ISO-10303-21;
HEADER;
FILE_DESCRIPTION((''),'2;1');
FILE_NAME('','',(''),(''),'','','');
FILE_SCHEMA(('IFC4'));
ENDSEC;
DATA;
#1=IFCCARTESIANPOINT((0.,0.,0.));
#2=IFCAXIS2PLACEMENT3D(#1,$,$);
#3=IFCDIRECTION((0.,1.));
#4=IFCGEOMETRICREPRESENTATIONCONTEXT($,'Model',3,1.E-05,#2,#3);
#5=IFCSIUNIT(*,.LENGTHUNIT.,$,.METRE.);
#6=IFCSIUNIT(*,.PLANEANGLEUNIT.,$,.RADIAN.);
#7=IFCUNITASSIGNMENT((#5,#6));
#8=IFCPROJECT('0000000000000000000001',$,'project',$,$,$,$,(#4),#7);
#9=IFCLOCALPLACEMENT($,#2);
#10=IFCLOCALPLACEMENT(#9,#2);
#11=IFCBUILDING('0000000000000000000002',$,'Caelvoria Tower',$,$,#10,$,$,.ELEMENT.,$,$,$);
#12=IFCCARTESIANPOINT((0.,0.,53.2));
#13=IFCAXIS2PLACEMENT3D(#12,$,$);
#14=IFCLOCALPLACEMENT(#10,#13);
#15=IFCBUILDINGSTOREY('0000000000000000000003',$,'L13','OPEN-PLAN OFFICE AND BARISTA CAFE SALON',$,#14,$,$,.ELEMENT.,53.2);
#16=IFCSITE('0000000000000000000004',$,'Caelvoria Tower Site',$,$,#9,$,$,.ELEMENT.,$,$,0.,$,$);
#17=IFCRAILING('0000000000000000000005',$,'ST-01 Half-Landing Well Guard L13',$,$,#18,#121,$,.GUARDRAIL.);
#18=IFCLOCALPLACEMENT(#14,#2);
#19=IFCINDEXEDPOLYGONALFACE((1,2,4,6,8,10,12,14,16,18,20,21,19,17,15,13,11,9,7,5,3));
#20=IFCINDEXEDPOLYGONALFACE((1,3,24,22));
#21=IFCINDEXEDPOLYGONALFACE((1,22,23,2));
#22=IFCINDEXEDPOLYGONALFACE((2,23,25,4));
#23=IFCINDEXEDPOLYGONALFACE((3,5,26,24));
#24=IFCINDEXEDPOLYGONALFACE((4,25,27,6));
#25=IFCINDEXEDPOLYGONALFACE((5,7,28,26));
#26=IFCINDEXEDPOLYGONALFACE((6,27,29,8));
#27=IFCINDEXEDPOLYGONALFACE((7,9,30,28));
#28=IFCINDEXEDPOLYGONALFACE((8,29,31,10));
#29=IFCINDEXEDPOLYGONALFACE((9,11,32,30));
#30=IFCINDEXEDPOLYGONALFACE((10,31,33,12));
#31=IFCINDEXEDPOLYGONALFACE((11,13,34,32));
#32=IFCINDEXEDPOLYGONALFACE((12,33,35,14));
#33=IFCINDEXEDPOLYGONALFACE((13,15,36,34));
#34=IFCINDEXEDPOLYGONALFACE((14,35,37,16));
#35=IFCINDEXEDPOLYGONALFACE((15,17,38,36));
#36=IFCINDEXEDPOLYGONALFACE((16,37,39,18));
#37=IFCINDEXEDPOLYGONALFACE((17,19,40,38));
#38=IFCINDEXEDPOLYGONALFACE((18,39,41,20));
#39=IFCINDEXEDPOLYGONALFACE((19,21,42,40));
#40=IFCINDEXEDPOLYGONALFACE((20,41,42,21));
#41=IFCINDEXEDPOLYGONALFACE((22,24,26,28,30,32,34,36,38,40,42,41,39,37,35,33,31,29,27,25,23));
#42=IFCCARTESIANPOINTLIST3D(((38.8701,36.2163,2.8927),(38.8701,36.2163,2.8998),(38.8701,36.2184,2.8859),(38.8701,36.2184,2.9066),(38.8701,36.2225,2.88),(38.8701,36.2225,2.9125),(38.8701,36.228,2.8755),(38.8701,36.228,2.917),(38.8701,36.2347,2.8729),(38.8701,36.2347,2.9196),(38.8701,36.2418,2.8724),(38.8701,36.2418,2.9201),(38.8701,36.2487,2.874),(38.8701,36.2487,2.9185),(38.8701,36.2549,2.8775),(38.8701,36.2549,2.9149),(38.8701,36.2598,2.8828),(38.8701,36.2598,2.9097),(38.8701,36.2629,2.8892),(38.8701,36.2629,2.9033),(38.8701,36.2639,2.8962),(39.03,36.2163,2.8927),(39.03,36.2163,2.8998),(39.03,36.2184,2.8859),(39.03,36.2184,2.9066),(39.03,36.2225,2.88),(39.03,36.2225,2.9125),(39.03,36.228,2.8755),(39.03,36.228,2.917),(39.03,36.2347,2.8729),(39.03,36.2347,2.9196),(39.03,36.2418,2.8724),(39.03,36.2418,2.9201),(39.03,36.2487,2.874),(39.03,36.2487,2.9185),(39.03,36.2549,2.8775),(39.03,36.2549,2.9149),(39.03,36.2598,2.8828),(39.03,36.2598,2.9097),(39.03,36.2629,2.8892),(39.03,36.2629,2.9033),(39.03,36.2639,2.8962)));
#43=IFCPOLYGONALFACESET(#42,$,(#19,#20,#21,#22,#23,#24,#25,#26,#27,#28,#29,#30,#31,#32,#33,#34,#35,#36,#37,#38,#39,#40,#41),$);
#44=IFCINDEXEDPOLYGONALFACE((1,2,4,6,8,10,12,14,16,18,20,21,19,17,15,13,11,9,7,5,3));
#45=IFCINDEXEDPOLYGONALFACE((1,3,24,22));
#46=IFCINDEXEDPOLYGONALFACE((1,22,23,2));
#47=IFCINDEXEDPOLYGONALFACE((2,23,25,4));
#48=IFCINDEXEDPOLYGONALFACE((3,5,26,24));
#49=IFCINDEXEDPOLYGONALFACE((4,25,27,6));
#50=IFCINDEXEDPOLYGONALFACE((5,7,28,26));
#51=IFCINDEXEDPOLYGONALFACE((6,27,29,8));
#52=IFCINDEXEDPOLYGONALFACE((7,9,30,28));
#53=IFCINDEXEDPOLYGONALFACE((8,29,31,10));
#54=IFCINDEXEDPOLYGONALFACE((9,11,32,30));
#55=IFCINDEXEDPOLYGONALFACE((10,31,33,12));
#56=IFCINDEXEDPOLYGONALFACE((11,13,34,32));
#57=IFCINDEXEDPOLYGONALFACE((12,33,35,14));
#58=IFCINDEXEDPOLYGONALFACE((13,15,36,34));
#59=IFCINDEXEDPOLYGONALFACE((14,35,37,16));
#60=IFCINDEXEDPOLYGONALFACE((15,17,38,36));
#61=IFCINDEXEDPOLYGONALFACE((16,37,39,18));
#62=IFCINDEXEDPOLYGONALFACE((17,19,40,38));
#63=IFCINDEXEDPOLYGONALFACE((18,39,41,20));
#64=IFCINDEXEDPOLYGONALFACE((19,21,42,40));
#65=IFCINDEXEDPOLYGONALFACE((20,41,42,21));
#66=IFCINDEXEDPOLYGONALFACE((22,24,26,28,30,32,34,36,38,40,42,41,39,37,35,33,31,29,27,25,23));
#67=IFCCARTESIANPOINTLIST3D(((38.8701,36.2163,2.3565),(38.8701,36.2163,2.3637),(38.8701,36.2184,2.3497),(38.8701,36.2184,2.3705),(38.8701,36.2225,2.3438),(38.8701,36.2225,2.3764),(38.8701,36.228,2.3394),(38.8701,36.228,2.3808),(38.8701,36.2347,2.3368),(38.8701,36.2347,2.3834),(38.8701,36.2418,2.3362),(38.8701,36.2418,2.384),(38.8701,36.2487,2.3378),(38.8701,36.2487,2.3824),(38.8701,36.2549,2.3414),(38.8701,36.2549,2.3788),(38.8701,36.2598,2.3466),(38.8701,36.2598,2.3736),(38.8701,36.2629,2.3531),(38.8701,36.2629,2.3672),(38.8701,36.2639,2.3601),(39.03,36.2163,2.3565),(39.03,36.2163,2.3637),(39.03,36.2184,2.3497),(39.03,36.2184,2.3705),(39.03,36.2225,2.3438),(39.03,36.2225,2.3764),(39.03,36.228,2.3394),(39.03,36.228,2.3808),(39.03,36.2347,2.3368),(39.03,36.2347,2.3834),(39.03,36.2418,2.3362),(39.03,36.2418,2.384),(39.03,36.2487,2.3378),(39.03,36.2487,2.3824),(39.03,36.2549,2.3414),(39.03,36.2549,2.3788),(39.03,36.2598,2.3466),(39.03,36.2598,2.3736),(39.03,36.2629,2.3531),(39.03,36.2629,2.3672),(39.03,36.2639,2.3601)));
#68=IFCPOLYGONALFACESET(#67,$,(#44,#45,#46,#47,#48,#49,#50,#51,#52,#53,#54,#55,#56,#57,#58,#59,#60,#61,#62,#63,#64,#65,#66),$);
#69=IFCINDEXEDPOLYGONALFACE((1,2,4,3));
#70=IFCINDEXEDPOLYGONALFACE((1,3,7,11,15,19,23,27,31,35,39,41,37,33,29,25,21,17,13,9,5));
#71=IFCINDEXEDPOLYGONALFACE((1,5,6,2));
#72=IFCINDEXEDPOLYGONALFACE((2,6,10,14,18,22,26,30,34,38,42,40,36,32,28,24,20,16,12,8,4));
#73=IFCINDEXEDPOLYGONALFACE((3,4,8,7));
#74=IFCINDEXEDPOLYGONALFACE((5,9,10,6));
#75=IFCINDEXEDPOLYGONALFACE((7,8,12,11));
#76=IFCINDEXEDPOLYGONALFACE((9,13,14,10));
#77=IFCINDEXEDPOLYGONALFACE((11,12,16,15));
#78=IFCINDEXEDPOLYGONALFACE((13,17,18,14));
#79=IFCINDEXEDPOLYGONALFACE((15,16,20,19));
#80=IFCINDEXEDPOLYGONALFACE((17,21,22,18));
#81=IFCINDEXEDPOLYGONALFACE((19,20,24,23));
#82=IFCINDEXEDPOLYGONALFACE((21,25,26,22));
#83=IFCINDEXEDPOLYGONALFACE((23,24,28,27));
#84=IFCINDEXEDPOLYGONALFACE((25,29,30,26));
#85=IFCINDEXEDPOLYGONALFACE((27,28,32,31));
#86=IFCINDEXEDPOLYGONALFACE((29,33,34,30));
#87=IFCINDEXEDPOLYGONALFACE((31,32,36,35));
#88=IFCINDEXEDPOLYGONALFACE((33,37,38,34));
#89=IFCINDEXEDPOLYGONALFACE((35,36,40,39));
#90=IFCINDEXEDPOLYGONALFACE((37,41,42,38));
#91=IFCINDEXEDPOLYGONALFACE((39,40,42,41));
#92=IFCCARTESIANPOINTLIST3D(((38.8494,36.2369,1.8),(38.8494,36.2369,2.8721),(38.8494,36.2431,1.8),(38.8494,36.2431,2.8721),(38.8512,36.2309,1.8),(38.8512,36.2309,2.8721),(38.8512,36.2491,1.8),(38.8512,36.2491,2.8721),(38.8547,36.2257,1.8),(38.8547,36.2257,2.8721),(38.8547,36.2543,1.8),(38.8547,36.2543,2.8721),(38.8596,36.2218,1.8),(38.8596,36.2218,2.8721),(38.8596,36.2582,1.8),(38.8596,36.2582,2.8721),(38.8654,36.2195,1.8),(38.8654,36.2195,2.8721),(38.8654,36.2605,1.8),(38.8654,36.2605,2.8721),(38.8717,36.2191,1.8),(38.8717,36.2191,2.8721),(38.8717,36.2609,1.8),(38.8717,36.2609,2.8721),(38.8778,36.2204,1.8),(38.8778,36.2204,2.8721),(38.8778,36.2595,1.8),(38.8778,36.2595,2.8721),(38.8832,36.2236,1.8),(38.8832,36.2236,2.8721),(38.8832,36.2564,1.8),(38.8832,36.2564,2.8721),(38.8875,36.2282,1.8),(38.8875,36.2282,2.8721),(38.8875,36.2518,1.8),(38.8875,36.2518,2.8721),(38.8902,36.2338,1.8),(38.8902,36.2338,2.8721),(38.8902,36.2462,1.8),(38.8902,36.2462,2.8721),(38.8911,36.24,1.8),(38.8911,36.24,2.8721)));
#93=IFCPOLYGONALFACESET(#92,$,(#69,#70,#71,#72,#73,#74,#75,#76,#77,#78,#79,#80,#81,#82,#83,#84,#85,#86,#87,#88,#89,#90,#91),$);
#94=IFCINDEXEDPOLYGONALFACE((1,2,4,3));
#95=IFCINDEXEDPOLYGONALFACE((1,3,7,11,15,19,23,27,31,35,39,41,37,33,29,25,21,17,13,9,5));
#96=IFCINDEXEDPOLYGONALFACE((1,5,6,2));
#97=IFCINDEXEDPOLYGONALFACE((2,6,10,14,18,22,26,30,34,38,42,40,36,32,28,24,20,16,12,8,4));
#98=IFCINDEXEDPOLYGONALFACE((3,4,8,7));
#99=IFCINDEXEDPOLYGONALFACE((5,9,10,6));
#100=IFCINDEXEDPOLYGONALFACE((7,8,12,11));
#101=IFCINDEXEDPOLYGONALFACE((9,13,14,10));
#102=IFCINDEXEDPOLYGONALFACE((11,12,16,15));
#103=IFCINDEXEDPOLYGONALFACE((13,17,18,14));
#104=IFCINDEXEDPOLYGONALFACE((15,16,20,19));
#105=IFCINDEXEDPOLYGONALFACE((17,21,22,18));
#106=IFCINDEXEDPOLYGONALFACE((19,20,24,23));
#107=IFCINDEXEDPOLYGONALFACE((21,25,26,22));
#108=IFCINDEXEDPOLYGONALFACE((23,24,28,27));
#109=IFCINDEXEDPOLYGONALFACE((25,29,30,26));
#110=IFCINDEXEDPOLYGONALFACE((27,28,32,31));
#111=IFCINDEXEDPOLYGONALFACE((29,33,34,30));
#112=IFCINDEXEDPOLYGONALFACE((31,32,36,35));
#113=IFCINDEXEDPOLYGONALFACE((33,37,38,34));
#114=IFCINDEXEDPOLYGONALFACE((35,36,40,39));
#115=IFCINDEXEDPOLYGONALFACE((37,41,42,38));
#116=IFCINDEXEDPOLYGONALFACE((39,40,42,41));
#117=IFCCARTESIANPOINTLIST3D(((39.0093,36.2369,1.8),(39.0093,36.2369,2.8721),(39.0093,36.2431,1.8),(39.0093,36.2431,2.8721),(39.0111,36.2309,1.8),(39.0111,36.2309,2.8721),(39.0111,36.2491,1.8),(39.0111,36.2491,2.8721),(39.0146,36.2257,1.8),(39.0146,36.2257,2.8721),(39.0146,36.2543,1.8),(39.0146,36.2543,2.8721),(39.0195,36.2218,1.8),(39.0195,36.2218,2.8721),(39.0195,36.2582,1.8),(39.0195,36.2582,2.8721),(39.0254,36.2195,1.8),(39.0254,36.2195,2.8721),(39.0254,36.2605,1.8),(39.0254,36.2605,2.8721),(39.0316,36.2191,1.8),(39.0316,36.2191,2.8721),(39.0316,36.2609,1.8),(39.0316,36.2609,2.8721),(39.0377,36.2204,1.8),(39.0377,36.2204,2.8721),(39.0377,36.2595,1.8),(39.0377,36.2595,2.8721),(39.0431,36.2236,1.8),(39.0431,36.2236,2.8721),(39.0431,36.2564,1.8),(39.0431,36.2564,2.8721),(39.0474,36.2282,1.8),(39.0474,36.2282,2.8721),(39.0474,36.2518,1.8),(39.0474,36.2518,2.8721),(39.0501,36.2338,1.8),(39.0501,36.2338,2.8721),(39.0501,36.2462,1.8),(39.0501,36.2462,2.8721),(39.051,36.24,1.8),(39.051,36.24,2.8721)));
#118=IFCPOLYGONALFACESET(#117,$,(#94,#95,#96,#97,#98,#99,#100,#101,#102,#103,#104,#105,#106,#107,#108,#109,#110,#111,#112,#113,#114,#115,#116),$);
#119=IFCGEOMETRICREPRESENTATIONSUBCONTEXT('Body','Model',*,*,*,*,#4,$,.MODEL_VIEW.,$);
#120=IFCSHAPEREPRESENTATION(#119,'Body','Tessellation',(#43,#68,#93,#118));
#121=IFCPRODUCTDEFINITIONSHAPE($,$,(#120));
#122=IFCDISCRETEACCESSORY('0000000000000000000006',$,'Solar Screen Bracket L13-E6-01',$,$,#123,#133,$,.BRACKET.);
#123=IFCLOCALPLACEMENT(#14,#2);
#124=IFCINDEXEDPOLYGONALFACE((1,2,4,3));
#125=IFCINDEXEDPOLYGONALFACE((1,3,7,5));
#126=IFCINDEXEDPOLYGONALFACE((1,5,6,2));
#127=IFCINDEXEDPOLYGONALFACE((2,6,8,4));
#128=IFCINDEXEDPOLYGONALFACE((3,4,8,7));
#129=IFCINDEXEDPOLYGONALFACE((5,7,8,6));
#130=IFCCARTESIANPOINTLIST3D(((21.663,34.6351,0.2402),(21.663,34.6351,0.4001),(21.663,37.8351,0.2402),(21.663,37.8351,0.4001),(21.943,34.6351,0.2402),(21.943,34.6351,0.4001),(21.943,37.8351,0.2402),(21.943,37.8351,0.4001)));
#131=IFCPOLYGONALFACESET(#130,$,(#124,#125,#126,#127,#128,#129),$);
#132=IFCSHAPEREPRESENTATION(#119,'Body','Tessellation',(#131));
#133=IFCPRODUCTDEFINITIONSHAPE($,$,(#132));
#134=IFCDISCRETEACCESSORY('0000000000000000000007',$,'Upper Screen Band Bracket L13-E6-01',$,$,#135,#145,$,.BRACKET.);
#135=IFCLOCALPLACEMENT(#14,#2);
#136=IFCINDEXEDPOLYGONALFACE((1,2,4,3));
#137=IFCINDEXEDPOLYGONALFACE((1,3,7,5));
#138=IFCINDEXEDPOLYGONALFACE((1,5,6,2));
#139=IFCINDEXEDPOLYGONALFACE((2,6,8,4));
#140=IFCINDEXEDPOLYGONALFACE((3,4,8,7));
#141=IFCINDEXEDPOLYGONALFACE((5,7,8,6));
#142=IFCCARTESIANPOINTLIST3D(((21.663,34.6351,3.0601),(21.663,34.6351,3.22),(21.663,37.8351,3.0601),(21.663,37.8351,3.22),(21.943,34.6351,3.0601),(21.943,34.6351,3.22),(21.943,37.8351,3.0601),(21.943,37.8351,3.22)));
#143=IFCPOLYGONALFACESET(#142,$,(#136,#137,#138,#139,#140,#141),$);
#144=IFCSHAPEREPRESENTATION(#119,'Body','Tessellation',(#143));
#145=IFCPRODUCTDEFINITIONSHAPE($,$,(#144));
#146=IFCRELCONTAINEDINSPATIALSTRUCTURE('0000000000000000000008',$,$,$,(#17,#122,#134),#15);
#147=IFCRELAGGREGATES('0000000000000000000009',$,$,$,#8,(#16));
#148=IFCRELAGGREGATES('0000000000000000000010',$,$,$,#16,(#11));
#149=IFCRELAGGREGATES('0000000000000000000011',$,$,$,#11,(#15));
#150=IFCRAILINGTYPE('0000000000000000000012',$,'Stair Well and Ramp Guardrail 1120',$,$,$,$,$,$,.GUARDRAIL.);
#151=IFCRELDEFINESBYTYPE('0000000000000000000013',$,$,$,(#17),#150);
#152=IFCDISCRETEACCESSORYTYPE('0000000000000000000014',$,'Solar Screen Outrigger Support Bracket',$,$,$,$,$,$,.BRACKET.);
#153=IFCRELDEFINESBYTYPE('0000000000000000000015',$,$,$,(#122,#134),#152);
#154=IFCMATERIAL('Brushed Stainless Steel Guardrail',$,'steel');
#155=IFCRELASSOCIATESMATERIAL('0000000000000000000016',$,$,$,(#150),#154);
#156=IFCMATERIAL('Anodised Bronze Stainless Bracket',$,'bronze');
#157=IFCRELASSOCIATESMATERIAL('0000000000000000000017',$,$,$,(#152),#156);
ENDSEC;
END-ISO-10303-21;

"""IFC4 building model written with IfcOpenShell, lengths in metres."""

from ifc_helpers import new_model, si_unit, direction, frame, origin, origin_2d, place, context, subcontext, project, spatial, rectangle, circle, extrude, material, type_object, element, save


model = new_model("IFC4")

# Units and contexts
model_context = context("Model", 3, precision=1e-05, world=origin(), true_north=direction((0.0, 1.0)))
body_context = subcontext(model_context, "Body", "Model", "MODEL_VIEW")
ifc_project = project(units=[si_unit("LENGTHUNIT", "METRE"), si_unit("PLANEANGLEUNIT", "RADIAN")], contexts=[model_context])

# Site, building, storey
site_placement = place(None, origin())
site = spatial("IfcSite", under=ifc_project, at=site_placement, Name="Caelvoria Tower Site", CompositionType="ELEMENT", RefElevation=0.0)
building_placement = place(site_placement, origin())
building = spatial("IfcBuilding", under=site, at=building_placement, Name="Caelvoria Tower", CompositionType="ELEMENT")
storey_placement = place(building_placement, frame((0.0, 0.0, 53.2)))
storey = spatial("IfcBuildingStorey", under=building, at=storey_placement, Name="L13", Description="OPEN-PLAN OFFICE AND BARISTA CAFE SALON", CompositionType="ELEMENT", Elevation=53.2)

# Railing
ifc_material_1 = material(Name="Brushed Stainless Steel Guardrail", Category="steel")
railing_type_1 = type_object("IfcRailingType", Name="Stair Well and Ramp Guardrail 1120", PredefinedType="GUARDRAIL", material=ifc_material_1)
railing_1_placement = place(storey_placement, frame((38.8701, 36.24, 1.8)))
element("IfcRailing", 1, at=railing_1_placement, inside=storey, type_object=railing_type_1, Name="ST-01 Half-Landing Well Guard L13", PredefinedType="GUARDRAIL", context=body_context, shape_type="SweptSolid", body=[
    extrude(circle(Radius=0.0239, at=origin_2d()), frame((0.0, 0.0, 1.0962), z_axis=(1.0, 0.0, 0.0), x_axis=(0.0, 1.0, 0.0)), (0.0, 0.0, 1.0), 0.1599),
    extrude(circle(Radius=0.0239, at=origin_2d()), frame((0.0, 0.0, 0.5601), z_axis=(1.0, 0.0, 0.0), x_axis=(0.0, 1.0, 0.0)), (0.0, 0.0, 1.0), 0.1599),
    extrude(circle(Radius=0.021, at=origin_2d()), origin(), (0.0, 0.0, 1.0), 1.072),
    extrude(circle(Radius=0.021, at=origin_2d()), frame((0.1599, 0.0, 0.0)), (0.0, 0.0, 1.0), 1.072),
])

# Discrete accessories
ifc_material_2 = material(Name="Anodised Bronze Stainless Bracket", Category="bronze")
discrete_accessory_type = type_object("IfcDiscreteAccessoryType", Name="Solar Screen Outrigger Support Bracket", PredefinedType="BRACKET", material=ifc_material_2)
for number, where, z_axis, x_axis, name in (
    (2, (21.803, 36.2351, 0.2402), (0.0, 0.0, 1.0), (0.0, -1.0, 0.0), "Solar Screen Bracket L13-E6-01"),
    (3, (21.803, 36.2351, 3.0601), (0.0, 0.0, 1.0), (0.0, -1.0, 0.0), "Upper Screen Band Bracket L13-E6-01"),
):
    element("IfcDiscreteAccessory", number, at=place(storey_placement, frame(where, z_axis=z_axis, x_axis=x_axis)), inside=storey, type_object=discrete_accessory_type, Name=name, PredefinedType="BRACKET", context=body_context, shape_type="SweptSolid", body=[
        extrude(rectangle(XDim=3.2, YDim=0.28, at=origin_2d()), origin(), (0.0, 0.0, 1.0), 0.1599),
    ])

save(model, "model.ifc")
